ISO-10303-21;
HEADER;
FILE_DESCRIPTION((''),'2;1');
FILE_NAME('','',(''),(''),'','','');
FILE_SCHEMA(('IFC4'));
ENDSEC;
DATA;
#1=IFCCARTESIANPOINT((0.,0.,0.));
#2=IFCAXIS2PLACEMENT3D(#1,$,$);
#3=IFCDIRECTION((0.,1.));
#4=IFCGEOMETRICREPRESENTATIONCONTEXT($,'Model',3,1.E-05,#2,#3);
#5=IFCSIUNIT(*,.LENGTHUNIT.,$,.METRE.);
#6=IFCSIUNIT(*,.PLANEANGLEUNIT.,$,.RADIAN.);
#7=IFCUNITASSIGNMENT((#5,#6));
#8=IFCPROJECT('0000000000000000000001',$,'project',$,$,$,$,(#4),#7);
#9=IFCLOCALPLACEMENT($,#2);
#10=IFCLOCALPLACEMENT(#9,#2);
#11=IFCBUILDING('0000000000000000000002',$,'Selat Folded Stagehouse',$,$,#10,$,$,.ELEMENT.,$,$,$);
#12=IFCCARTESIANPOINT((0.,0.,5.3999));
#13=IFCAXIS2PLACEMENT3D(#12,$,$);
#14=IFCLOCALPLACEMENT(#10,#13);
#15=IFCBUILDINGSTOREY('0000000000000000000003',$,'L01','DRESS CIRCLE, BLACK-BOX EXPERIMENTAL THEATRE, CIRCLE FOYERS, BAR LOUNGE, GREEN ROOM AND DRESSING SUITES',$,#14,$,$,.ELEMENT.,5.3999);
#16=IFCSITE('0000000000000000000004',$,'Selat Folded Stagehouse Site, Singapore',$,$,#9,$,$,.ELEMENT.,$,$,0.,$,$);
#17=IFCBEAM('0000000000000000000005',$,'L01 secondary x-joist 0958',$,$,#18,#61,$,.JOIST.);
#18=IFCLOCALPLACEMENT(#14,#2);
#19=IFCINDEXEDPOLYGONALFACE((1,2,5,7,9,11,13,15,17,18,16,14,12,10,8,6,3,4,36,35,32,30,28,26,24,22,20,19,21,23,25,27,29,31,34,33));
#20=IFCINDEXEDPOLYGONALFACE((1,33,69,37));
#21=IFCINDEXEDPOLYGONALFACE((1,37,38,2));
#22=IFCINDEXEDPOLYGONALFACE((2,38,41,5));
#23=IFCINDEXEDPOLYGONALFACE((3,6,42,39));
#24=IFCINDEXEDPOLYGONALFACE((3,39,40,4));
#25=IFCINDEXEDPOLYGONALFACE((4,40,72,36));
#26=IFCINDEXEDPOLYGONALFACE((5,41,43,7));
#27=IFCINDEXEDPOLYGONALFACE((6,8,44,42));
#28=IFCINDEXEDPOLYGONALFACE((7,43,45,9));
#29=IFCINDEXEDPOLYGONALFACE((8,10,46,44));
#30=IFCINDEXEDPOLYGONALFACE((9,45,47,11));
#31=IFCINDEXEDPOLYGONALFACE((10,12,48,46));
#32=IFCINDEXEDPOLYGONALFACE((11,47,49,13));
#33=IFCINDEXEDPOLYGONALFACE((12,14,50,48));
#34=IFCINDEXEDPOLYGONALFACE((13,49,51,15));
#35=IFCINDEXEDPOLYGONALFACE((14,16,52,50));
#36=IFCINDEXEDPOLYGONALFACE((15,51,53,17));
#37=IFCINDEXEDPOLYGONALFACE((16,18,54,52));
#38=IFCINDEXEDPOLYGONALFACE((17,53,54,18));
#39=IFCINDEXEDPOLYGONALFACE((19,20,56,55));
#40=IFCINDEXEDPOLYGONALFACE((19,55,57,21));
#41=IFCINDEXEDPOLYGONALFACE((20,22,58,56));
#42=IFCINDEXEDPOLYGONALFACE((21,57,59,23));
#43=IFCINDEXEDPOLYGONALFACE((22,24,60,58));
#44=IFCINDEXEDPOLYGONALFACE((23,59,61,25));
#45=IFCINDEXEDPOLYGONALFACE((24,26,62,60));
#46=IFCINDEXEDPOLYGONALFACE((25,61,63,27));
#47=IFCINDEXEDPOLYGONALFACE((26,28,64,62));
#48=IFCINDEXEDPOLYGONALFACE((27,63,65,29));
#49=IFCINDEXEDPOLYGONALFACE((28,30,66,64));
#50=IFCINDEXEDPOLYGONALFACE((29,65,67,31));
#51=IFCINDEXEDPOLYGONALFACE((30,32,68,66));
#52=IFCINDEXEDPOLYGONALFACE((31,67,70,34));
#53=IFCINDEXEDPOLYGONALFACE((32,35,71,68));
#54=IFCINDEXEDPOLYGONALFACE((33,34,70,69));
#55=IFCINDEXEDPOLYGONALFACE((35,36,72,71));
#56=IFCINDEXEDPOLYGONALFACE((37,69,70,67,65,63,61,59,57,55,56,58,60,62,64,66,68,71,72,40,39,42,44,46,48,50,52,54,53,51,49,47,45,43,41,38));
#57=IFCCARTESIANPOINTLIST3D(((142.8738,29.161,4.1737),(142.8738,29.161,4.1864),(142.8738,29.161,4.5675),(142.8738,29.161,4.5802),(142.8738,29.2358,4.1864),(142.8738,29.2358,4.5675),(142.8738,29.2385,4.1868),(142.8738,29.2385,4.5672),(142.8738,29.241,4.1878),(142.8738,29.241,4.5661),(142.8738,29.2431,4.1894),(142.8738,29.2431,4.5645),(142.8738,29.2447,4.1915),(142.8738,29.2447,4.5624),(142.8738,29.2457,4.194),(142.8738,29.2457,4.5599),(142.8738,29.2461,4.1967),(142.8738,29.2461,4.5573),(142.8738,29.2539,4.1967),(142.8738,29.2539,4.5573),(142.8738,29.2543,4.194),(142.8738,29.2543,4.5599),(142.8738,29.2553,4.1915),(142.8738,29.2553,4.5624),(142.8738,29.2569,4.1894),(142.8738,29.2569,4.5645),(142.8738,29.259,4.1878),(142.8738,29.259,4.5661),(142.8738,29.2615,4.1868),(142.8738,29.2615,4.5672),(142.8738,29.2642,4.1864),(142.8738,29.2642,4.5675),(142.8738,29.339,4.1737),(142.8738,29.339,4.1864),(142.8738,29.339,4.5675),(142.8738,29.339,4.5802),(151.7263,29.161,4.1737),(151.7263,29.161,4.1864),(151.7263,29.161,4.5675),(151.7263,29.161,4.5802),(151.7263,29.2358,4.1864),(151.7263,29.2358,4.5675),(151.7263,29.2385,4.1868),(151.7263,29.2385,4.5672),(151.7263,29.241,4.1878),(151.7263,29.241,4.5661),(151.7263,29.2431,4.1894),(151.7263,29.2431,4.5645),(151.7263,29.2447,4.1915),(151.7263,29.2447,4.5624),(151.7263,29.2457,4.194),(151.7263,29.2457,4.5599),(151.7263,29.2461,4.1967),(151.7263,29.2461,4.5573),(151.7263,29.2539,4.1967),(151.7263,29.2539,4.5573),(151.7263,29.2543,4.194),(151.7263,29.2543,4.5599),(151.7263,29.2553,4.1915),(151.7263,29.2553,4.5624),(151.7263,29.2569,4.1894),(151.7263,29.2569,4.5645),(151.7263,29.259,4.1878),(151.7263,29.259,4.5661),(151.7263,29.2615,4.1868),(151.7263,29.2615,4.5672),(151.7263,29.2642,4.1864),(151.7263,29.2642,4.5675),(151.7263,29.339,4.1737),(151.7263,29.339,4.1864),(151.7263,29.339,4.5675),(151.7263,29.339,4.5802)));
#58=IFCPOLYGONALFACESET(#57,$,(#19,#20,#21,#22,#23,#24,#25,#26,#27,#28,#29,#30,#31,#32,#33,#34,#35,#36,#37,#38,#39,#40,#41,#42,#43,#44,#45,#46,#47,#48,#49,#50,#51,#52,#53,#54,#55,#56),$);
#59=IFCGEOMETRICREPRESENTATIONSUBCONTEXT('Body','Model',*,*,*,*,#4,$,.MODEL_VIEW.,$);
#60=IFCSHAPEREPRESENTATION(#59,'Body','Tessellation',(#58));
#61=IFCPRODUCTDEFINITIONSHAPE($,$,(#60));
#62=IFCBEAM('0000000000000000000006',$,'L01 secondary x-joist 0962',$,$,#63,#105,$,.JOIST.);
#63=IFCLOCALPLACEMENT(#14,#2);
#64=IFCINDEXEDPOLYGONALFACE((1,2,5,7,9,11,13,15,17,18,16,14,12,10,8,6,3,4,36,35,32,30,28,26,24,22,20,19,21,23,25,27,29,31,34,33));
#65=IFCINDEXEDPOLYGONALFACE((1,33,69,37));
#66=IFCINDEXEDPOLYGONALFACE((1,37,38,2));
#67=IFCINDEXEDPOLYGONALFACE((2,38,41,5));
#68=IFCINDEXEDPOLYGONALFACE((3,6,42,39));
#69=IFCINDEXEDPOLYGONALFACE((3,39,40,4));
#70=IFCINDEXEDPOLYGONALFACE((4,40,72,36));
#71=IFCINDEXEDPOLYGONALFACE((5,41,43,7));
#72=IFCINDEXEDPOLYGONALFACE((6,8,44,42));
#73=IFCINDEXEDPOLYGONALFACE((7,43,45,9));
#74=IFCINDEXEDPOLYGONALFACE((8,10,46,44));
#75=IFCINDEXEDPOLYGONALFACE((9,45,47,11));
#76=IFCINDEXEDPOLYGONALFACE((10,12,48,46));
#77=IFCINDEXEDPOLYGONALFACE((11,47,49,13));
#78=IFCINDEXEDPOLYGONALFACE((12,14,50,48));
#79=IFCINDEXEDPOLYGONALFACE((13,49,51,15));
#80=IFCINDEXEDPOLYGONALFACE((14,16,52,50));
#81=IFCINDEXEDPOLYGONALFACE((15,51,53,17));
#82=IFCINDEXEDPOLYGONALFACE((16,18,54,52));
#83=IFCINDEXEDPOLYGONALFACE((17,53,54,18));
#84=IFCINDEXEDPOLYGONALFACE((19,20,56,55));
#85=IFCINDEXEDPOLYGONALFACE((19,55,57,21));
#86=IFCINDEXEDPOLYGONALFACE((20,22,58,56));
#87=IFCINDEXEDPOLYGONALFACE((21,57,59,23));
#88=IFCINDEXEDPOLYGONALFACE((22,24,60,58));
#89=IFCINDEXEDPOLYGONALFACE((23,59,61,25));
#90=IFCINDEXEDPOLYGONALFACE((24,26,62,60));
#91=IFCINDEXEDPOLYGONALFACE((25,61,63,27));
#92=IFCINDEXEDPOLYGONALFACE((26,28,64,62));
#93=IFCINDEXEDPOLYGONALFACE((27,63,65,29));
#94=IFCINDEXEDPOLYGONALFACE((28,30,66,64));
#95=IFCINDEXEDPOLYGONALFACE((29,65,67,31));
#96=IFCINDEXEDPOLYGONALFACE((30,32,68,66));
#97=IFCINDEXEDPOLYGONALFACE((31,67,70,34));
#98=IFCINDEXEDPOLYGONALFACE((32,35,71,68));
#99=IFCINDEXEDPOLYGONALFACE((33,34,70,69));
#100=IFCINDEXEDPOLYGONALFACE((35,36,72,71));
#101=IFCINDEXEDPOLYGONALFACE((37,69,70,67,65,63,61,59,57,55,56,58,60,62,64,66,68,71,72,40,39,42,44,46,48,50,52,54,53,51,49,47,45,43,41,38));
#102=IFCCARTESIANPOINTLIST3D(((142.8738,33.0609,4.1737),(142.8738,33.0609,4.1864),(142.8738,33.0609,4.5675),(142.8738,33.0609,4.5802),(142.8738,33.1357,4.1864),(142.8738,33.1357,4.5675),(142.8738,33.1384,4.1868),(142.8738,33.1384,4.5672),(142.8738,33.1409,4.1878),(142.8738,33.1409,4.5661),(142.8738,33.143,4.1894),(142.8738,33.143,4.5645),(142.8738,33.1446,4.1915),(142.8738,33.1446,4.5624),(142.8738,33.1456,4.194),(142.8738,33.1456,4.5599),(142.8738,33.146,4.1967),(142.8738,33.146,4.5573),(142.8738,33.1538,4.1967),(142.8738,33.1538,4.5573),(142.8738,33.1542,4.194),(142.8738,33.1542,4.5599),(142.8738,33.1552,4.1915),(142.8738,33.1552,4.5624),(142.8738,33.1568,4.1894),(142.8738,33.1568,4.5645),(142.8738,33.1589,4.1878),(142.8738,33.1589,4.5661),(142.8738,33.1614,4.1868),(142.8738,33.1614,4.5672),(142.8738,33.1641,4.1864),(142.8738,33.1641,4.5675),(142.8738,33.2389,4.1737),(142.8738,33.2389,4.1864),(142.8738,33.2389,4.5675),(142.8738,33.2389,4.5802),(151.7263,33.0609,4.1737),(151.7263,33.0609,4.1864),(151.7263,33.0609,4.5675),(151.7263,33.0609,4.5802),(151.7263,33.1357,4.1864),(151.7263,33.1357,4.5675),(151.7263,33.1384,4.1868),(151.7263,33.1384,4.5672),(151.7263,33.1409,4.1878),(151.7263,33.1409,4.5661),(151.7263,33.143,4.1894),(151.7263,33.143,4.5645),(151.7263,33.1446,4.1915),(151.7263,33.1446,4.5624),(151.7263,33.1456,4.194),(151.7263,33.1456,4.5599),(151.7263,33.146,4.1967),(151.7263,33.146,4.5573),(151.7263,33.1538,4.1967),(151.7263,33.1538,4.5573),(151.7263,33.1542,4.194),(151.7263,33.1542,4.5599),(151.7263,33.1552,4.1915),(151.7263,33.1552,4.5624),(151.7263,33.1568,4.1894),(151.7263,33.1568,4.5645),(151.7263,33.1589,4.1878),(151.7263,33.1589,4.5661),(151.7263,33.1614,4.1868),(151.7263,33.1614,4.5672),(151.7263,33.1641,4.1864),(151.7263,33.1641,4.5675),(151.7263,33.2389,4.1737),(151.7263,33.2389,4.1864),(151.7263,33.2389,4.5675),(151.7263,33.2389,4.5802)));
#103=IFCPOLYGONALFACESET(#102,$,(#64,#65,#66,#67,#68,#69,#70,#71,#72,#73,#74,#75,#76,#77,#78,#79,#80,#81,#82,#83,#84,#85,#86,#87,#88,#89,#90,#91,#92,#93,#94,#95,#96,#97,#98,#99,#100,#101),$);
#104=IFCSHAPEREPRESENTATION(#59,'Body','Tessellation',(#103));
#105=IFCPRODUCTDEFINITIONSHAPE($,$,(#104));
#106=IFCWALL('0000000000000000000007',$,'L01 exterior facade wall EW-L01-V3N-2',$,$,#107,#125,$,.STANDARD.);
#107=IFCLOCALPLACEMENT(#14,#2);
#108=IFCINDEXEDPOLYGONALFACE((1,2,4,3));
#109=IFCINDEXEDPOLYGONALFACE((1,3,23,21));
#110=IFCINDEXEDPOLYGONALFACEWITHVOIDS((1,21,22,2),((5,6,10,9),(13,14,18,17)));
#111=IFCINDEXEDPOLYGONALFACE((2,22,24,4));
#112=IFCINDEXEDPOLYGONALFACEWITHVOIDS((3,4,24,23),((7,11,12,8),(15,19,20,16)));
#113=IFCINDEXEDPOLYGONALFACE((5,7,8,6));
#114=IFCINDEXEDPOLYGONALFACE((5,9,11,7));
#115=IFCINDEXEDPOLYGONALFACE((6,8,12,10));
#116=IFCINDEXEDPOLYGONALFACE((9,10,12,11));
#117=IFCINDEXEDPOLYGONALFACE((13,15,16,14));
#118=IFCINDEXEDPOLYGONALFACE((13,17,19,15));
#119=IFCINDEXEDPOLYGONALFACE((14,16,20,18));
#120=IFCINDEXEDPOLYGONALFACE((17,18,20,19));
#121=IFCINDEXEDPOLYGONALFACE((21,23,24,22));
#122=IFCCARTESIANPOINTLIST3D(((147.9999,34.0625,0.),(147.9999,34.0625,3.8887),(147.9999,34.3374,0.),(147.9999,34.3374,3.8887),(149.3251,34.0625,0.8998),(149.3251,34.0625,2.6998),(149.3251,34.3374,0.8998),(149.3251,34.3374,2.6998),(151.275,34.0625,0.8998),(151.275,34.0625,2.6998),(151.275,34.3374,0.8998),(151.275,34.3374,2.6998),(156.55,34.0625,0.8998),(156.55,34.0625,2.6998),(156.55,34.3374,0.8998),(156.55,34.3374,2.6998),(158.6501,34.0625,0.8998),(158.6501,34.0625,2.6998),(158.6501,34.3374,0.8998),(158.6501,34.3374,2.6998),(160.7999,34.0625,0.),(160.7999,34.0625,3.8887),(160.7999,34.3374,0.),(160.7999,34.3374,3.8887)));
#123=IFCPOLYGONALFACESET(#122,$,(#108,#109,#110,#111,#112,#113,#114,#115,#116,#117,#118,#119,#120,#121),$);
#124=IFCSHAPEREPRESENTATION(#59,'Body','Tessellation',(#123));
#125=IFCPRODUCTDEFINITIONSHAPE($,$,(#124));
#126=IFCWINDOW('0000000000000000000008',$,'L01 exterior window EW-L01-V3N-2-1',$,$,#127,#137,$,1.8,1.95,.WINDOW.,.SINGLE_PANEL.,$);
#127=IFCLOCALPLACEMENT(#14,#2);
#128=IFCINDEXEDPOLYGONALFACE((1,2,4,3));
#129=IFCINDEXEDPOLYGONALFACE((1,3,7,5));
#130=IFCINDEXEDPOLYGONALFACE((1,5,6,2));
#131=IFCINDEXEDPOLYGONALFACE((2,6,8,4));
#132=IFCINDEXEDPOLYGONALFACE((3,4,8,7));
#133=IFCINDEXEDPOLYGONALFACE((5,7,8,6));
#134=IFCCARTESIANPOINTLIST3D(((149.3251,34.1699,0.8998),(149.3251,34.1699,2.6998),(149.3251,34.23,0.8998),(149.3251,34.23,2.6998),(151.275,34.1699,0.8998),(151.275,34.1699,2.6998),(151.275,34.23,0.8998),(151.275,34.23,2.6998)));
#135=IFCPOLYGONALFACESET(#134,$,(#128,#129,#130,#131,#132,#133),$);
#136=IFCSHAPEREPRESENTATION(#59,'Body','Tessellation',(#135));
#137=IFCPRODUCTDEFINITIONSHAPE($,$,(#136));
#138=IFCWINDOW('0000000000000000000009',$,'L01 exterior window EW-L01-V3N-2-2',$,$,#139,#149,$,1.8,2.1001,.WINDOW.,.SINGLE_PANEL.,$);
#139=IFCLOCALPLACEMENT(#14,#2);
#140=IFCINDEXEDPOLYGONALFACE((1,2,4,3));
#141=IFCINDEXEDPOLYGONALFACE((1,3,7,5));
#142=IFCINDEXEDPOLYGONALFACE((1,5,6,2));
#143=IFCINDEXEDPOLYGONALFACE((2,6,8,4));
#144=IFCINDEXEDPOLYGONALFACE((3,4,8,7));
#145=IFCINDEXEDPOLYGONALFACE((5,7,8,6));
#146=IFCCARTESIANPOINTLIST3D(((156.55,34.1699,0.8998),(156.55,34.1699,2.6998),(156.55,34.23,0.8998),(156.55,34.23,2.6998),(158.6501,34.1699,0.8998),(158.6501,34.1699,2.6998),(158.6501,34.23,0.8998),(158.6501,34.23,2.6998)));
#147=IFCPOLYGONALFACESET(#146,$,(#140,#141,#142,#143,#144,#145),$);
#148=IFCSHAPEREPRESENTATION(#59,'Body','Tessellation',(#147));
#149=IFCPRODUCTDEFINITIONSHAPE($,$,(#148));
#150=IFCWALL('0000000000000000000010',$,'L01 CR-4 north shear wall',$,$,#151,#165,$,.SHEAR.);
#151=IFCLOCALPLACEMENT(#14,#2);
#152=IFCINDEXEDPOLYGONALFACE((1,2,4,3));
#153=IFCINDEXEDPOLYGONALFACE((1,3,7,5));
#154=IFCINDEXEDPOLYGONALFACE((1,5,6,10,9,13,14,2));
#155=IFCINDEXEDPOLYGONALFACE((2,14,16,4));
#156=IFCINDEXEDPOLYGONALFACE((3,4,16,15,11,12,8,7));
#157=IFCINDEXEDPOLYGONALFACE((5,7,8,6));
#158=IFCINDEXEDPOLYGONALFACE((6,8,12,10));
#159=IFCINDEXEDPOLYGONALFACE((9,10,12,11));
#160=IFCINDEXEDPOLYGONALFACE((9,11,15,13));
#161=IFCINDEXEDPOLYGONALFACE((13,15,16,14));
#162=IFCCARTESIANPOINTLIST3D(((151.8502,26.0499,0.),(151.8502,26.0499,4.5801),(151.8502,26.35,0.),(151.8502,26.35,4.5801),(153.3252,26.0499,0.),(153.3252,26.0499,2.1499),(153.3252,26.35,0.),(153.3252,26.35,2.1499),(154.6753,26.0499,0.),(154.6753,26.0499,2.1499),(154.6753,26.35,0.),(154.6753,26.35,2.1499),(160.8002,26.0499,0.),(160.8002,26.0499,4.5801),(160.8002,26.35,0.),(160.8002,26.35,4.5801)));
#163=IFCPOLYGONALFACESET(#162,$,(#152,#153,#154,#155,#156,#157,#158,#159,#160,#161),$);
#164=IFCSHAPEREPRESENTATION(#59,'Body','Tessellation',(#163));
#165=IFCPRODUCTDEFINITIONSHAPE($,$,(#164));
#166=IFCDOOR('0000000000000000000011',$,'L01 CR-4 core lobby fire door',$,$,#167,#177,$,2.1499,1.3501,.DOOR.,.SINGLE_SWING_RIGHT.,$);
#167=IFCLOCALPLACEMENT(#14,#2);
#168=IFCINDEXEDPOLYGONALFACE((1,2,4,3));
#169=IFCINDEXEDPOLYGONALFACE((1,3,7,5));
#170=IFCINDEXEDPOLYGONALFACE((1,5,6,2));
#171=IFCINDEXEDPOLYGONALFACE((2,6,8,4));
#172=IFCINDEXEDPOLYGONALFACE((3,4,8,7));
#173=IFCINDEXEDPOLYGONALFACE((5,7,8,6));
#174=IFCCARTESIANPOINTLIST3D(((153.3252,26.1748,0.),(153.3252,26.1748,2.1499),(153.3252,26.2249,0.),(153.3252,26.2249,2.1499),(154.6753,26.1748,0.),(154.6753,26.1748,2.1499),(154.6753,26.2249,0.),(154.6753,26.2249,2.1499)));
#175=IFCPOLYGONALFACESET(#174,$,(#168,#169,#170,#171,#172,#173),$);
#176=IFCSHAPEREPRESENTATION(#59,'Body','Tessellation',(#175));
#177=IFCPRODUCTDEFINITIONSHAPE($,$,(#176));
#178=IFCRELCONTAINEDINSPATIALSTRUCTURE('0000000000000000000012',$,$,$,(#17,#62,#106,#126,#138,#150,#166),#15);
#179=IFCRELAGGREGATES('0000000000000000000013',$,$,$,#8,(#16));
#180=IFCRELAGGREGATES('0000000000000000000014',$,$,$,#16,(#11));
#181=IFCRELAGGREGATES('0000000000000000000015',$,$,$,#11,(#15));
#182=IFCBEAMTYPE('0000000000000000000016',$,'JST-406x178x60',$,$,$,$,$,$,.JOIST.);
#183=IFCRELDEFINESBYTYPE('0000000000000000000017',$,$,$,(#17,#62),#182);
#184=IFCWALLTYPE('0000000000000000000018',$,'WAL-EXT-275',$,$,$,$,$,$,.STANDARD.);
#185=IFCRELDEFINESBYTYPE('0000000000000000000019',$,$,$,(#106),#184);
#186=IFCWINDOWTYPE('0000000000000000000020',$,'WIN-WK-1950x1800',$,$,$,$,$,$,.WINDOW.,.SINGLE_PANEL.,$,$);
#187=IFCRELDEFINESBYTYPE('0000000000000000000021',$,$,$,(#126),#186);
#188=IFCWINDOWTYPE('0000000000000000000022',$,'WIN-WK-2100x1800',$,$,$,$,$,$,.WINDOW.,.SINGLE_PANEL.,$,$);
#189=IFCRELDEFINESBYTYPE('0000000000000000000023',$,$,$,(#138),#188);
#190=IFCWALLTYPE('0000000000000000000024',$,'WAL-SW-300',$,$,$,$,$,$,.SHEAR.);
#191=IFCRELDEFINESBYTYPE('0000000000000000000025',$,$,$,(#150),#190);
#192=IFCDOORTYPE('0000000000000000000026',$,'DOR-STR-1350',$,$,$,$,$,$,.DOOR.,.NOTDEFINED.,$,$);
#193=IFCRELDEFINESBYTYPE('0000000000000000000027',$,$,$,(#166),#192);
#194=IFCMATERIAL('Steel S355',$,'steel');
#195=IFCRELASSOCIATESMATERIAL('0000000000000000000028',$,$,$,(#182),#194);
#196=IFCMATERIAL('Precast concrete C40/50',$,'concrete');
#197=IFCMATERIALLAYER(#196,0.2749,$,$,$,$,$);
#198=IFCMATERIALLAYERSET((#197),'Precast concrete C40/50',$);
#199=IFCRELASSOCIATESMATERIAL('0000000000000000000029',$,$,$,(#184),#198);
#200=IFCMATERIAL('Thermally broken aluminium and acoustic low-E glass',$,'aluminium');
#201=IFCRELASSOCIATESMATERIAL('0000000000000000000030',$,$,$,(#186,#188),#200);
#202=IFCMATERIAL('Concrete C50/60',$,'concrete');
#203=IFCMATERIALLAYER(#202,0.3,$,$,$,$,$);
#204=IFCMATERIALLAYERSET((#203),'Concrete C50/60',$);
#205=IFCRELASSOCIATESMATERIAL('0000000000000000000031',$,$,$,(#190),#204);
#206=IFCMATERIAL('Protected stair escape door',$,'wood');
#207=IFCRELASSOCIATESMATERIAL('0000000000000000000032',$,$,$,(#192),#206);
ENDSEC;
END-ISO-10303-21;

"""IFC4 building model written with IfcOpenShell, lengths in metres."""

from ifc_helpers import new_model, si_unit, direction, frame, frame_2d, origin, origin_2d, place, context, subcontext, project, spatial, rectangle, i_section, extrude, material, layer, layer_set, material_profile, profile_set, type_object, element, fill, save


model = new_model("IFC4")

# Units and contexts
model_context = context("Model", 3, precision=1e-05, world=origin(), true_north=direction((0.0, 1.0)))
body_context = subcontext(model_context, "Body", "Model", "MODEL_VIEW")
ifc_project = project(units=[si_unit("LENGTHUNIT", "METRE"), si_unit("PLANEANGLEUNIT", "RADIAN")], contexts=[model_context])

# Site, building, storey
site_placement = place(None, origin())
site = spatial("IfcSite", under=ifc_project, at=site_placement, Name="Selat Folded Stagehouse Site, Singapore", CompositionType="ELEMENT", RefElevation=0.0)
building_placement = place(site_placement, origin())
building = spatial("IfcBuilding", under=site, at=building_placement, Name="Selat Folded Stagehouse", CompositionType="ELEMENT")
storey_placement = place(building_placement, frame((0.0, 0.0, 5.3999)))
storey = spatial("IfcBuildingStorey", under=building, at=storey_placement, Name="L01", Description="DRESS CIRCLE, BLACK-BOX EXPERIMENTAL THEATRE, CIRCLE FOYERS, BAR LOUNGE, GREEN ROOM AND DRESSING SUITES", CompositionType="ELEMENT", Elevation=5.3999)

# Shared definitions
ifc_material_1 = material(Name="Steel S355", Category="steel")

# Beams
ifc_material_profile_1 = material_profile(ifc_material_1, i_section(OverallWidth=0.178, OverallDepth=0.4065, WebThickness=0.0078, FlangeThickness=0.0127, FilletRadius=0.0103, at=origin_2d()), Name="UKB 406x178x60")
ifc_profile_set_1 = profile_set([ifc_material_profile_1], Name="Steel S355")
beam_type_1 = type_object("IfcBeamType", Name="JST-406x178x60", PredefinedType="JOIST", material=ifc_profile_set_1)
for number, where, z_axis, x_axis, name in (
    (1, (142.8738, 29.25, 4.377), (1.0, 0.0, 0.0), (0.0, 1.0, 0.0), "L01 secondary x-joist 0958"),
    (2, (142.8738, 33.1499, 4.377), (1.0, 0.0, 0.0), (0.0, 1.0, 0.0), "L01 secondary x-joist 0962"),
):
    element("IfcBeam", number, at=place(storey_placement, frame(where, z_axis=z_axis, x_axis=x_axis)), inside=storey, type_object=beam_type_1, Name=name, PredefinedType="JOIST", context=body_context, shape_type="SweptSolid", body=[
        extrude(i_section(OverallWidth=0.178, OverallDepth=0.4065, WebThickness=0.0078, FlangeThickness=0.0127, FilletRadius=0.0103, at=origin_2d()), origin(), (0.0, 0.0, 1.0), 8.8525),
    ])

# Wall, openings, windows
ifc_material_2 = material(Name="Precast concrete C40/50", Category="concrete")
ifc_layer_1 = layer(ifc_material_2, 0.2749)
ifc_layer_set_1 = layer_set([ifc_layer_1], Name="Precast concrete C40/50")
wall_type_1 = type_object("IfcWallType", Name="WAL-EXT-275", PredefinedType="STANDARD", material=ifc_layer_set_1)
wall_1_placement = place(storey_placement, frame((148.0, 34.2, 0.0), z_axis=(0.0, 0.0, 1.0), x_axis=(1.0, 0.0, 0.0)))
wall_1 = element("IfcWall", 3, at=wall_1_placement, inside=storey, type_object=wall_type_1, Name="L01 exterior facade wall EW-L01-V3N-2", PredefinedType="STANDARD", context=body_context, shape_type="SweptSolid", body=[
    extrude(rectangle(XDim=12.8, YDim=0.2749, at=frame_2d((6.3999, 0.0))), origin(), (0.0, 0.0, 1.0), 3.8887),
])
opening_1_placement = place(wall_1_placement, frame((1.325, 0.0, 0.8999)))
opening_1 = element("IfcOpeningElement", 4, at=opening_1_placement, cuts=wall_1, PredefinedType="OPENING", context=body_context, shape_type="SweptSolid", body=[
    extrude(rectangle(XDim=1.95, YDim=1.8, at=frame_2d((0.9751, 0.8999))), frame((0.0, 0.1475, 0.0), z_axis=(0.0, -1.0, 0.0), x_axis=(1.0, 0.0, 0.0)), (0.0, 0.0, 1.0), 0.2949),
])
opening_2_placement = place(wall_1_placement, frame((8.55, 0.0, 0.8999)))
opening_2 = element("IfcOpeningElement", 5, at=opening_2_placement, cuts=wall_1, PredefinedType="OPENING", context=body_context, shape_type="SweptSolid", body=[
    extrude(rectangle(XDim=2.1001, YDim=1.8, at=frame_2d((1.05, 0.8999))), frame((0.0, 0.1475, 0.0), z_axis=(0.0, -1.0, 0.0), x_axis=(1.0, 0.0, 0.0)), (0.0, 0.0, 1.0), 0.2949),
])
ifc_material_3 = material(Name="Thermally broken aluminium and acoustic low-E glass", Category="aluminium")
window_type_1 = type_object("IfcWindowType", Name="WIN-WK-1950x1800", PartitioningType="SINGLE_PANEL", PredefinedType="WINDOW", material=ifc_material_3)
window_1_placement = place(opening_1_placement, origin())
window_1 = element("IfcWindow", 6, at=window_1_placement, inside=storey, type_object=window_type_1, Name="L01 exterior window EW-L01-V3N-2-1", OverallHeight=1.8, OverallWidth=1.95, PartitioningType="SINGLE_PANEL", PredefinedType="WINDOW", context=body_context, shape_type="SweptSolid", body=[
    extrude(rectangle(XDim=1.95, YDim=1.8, at=frame_2d((0.9751, 0.8999))), frame((0.0, 0.03, 0.0), z_axis=(0.0, -1.0, 0.0), x_axis=(1.0, 0.0, 0.0)), (0.0, 0.0, 1.0), 0.0601),
])
fill(opening_1, window_1)
window_type_2 = type_object("IfcWindowType", Name="WIN-WK-2100x1800", PartitioningType="SINGLE_PANEL", PredefinedType="WINDOW", material=ifc_material_3)
window_2_placement = place(opening_2_placement, origin())
window_2 = element("IfcWindow", 7, at=window_2_placement, inside=storey, type_object=window_type_2, Name="L01 exterior window EW-L01-V3N-2-2", OverallHeight=1.8, OverallWidth=2.1001, PartitioningType="SINGLE_PANEL", PredefinedType="WINDOW", context=body_context, shape_type="SweptSolid", body=[
    extrude(rectangle(XDim=2.1001, YDim=1.8, at=frame_2d((1.05, 0.8999))), frame((0.0, 0.03, 0.0), z_axis=(0.0, -1.0, 0.0), x_axis=(1.0, 0.0, 0.0)), (0.0, 0.0, 1.0), 0.0601),
])
fill(opening_2, window_2)

# Wall, opening, door
ifc_material_4 = material(Name="Concrete C50/60", Category="concrete")
ifc_layer_2 = layer(ifc_material_4, 0.3)
ifc_layer_set_2 = layer_set([ifc_layer_2], Name="Concrete C50/60")
wall_type_2 = type_object("IfcWallType", Name="WAL-SW-300", PredefinedType="SHEAR", material=ifc_layer_set_2)
wall_2_placement = place(storey_placement, frame((151.8501, 26.2, 0.0), z_axis=(0.0, 0.0, 1.0), x_axis=(1.0, 0.0, 0.0)))
wall_2 = element("IfcWall", 8, at=wall_2_placement, inside=storey, type_object=wall_type_2, Name="L01 CR-4 north shear wall", PredefinedType="SHEAR", context=body_context, shape_type="SweptSolid", body=[
    extrude(rectangle(XDim=8.95, YDim=0.3, at=frame_2d((4.4751, 0.0))), origin(), (0.0, 0.0, 1.0), 4.5801),
])
opening_3_placement = place(wall_2_placement, frame((1.4751, 0.0, 0.0)))
opening_3 = element("IfcOpeningElement", 9, at=opening_3_placement, cuts=wall_2, PredefinedType="OPENING", context=body_context, shape_type="SweptSolid", body=[
    extrude(rectangle(XDim=1.3501, YDim=2.1499, at=frame_2d((0.675, 1.075))), frame((0.0, 0.1599, 0.0), z_axis=(0.0, -1.0, 0.0), x_axis=(1.0, 0.0, 0.0)), (0.0, 0.0, 1.0), 0.3201),
])
ifc_material_5 = material(Name="Protected stair escape door", Category="wood")
door_type = type_object("IfcDoorType", Name="DOR-STR-1350", OperationType="NOTDEFINED", PredefinedType="DOOR", material=ifc_material_5)
door_placement = place(opening_3_placement, origin())
door = element("IfcDoor", 10, at=door_placement, inside=storey, type_object=door_type, Name="L01 CR-4 core lobby fire door", OperationType="SINGLE_SWING_RIGHT", OverallHeight=2.1499, OverallWidth=1.3501, PredefinedType="DOOR", context=body_context, shape_type="SweptSolid", body=[
    extrude(rectangle(XDim=1.3501, YDim=2.1499, at=frame_2d((0.675, 1.075))), frame((0.0, 0.0249, 0.0), z_axis=(0.0, -1.0, 0.0), x_axis=(1.0, 0.0, 0.0)), (0.0, 0.0, 1.0), 0.05),
])
fill(opening_3, door)

save(model, "model.ifc")
